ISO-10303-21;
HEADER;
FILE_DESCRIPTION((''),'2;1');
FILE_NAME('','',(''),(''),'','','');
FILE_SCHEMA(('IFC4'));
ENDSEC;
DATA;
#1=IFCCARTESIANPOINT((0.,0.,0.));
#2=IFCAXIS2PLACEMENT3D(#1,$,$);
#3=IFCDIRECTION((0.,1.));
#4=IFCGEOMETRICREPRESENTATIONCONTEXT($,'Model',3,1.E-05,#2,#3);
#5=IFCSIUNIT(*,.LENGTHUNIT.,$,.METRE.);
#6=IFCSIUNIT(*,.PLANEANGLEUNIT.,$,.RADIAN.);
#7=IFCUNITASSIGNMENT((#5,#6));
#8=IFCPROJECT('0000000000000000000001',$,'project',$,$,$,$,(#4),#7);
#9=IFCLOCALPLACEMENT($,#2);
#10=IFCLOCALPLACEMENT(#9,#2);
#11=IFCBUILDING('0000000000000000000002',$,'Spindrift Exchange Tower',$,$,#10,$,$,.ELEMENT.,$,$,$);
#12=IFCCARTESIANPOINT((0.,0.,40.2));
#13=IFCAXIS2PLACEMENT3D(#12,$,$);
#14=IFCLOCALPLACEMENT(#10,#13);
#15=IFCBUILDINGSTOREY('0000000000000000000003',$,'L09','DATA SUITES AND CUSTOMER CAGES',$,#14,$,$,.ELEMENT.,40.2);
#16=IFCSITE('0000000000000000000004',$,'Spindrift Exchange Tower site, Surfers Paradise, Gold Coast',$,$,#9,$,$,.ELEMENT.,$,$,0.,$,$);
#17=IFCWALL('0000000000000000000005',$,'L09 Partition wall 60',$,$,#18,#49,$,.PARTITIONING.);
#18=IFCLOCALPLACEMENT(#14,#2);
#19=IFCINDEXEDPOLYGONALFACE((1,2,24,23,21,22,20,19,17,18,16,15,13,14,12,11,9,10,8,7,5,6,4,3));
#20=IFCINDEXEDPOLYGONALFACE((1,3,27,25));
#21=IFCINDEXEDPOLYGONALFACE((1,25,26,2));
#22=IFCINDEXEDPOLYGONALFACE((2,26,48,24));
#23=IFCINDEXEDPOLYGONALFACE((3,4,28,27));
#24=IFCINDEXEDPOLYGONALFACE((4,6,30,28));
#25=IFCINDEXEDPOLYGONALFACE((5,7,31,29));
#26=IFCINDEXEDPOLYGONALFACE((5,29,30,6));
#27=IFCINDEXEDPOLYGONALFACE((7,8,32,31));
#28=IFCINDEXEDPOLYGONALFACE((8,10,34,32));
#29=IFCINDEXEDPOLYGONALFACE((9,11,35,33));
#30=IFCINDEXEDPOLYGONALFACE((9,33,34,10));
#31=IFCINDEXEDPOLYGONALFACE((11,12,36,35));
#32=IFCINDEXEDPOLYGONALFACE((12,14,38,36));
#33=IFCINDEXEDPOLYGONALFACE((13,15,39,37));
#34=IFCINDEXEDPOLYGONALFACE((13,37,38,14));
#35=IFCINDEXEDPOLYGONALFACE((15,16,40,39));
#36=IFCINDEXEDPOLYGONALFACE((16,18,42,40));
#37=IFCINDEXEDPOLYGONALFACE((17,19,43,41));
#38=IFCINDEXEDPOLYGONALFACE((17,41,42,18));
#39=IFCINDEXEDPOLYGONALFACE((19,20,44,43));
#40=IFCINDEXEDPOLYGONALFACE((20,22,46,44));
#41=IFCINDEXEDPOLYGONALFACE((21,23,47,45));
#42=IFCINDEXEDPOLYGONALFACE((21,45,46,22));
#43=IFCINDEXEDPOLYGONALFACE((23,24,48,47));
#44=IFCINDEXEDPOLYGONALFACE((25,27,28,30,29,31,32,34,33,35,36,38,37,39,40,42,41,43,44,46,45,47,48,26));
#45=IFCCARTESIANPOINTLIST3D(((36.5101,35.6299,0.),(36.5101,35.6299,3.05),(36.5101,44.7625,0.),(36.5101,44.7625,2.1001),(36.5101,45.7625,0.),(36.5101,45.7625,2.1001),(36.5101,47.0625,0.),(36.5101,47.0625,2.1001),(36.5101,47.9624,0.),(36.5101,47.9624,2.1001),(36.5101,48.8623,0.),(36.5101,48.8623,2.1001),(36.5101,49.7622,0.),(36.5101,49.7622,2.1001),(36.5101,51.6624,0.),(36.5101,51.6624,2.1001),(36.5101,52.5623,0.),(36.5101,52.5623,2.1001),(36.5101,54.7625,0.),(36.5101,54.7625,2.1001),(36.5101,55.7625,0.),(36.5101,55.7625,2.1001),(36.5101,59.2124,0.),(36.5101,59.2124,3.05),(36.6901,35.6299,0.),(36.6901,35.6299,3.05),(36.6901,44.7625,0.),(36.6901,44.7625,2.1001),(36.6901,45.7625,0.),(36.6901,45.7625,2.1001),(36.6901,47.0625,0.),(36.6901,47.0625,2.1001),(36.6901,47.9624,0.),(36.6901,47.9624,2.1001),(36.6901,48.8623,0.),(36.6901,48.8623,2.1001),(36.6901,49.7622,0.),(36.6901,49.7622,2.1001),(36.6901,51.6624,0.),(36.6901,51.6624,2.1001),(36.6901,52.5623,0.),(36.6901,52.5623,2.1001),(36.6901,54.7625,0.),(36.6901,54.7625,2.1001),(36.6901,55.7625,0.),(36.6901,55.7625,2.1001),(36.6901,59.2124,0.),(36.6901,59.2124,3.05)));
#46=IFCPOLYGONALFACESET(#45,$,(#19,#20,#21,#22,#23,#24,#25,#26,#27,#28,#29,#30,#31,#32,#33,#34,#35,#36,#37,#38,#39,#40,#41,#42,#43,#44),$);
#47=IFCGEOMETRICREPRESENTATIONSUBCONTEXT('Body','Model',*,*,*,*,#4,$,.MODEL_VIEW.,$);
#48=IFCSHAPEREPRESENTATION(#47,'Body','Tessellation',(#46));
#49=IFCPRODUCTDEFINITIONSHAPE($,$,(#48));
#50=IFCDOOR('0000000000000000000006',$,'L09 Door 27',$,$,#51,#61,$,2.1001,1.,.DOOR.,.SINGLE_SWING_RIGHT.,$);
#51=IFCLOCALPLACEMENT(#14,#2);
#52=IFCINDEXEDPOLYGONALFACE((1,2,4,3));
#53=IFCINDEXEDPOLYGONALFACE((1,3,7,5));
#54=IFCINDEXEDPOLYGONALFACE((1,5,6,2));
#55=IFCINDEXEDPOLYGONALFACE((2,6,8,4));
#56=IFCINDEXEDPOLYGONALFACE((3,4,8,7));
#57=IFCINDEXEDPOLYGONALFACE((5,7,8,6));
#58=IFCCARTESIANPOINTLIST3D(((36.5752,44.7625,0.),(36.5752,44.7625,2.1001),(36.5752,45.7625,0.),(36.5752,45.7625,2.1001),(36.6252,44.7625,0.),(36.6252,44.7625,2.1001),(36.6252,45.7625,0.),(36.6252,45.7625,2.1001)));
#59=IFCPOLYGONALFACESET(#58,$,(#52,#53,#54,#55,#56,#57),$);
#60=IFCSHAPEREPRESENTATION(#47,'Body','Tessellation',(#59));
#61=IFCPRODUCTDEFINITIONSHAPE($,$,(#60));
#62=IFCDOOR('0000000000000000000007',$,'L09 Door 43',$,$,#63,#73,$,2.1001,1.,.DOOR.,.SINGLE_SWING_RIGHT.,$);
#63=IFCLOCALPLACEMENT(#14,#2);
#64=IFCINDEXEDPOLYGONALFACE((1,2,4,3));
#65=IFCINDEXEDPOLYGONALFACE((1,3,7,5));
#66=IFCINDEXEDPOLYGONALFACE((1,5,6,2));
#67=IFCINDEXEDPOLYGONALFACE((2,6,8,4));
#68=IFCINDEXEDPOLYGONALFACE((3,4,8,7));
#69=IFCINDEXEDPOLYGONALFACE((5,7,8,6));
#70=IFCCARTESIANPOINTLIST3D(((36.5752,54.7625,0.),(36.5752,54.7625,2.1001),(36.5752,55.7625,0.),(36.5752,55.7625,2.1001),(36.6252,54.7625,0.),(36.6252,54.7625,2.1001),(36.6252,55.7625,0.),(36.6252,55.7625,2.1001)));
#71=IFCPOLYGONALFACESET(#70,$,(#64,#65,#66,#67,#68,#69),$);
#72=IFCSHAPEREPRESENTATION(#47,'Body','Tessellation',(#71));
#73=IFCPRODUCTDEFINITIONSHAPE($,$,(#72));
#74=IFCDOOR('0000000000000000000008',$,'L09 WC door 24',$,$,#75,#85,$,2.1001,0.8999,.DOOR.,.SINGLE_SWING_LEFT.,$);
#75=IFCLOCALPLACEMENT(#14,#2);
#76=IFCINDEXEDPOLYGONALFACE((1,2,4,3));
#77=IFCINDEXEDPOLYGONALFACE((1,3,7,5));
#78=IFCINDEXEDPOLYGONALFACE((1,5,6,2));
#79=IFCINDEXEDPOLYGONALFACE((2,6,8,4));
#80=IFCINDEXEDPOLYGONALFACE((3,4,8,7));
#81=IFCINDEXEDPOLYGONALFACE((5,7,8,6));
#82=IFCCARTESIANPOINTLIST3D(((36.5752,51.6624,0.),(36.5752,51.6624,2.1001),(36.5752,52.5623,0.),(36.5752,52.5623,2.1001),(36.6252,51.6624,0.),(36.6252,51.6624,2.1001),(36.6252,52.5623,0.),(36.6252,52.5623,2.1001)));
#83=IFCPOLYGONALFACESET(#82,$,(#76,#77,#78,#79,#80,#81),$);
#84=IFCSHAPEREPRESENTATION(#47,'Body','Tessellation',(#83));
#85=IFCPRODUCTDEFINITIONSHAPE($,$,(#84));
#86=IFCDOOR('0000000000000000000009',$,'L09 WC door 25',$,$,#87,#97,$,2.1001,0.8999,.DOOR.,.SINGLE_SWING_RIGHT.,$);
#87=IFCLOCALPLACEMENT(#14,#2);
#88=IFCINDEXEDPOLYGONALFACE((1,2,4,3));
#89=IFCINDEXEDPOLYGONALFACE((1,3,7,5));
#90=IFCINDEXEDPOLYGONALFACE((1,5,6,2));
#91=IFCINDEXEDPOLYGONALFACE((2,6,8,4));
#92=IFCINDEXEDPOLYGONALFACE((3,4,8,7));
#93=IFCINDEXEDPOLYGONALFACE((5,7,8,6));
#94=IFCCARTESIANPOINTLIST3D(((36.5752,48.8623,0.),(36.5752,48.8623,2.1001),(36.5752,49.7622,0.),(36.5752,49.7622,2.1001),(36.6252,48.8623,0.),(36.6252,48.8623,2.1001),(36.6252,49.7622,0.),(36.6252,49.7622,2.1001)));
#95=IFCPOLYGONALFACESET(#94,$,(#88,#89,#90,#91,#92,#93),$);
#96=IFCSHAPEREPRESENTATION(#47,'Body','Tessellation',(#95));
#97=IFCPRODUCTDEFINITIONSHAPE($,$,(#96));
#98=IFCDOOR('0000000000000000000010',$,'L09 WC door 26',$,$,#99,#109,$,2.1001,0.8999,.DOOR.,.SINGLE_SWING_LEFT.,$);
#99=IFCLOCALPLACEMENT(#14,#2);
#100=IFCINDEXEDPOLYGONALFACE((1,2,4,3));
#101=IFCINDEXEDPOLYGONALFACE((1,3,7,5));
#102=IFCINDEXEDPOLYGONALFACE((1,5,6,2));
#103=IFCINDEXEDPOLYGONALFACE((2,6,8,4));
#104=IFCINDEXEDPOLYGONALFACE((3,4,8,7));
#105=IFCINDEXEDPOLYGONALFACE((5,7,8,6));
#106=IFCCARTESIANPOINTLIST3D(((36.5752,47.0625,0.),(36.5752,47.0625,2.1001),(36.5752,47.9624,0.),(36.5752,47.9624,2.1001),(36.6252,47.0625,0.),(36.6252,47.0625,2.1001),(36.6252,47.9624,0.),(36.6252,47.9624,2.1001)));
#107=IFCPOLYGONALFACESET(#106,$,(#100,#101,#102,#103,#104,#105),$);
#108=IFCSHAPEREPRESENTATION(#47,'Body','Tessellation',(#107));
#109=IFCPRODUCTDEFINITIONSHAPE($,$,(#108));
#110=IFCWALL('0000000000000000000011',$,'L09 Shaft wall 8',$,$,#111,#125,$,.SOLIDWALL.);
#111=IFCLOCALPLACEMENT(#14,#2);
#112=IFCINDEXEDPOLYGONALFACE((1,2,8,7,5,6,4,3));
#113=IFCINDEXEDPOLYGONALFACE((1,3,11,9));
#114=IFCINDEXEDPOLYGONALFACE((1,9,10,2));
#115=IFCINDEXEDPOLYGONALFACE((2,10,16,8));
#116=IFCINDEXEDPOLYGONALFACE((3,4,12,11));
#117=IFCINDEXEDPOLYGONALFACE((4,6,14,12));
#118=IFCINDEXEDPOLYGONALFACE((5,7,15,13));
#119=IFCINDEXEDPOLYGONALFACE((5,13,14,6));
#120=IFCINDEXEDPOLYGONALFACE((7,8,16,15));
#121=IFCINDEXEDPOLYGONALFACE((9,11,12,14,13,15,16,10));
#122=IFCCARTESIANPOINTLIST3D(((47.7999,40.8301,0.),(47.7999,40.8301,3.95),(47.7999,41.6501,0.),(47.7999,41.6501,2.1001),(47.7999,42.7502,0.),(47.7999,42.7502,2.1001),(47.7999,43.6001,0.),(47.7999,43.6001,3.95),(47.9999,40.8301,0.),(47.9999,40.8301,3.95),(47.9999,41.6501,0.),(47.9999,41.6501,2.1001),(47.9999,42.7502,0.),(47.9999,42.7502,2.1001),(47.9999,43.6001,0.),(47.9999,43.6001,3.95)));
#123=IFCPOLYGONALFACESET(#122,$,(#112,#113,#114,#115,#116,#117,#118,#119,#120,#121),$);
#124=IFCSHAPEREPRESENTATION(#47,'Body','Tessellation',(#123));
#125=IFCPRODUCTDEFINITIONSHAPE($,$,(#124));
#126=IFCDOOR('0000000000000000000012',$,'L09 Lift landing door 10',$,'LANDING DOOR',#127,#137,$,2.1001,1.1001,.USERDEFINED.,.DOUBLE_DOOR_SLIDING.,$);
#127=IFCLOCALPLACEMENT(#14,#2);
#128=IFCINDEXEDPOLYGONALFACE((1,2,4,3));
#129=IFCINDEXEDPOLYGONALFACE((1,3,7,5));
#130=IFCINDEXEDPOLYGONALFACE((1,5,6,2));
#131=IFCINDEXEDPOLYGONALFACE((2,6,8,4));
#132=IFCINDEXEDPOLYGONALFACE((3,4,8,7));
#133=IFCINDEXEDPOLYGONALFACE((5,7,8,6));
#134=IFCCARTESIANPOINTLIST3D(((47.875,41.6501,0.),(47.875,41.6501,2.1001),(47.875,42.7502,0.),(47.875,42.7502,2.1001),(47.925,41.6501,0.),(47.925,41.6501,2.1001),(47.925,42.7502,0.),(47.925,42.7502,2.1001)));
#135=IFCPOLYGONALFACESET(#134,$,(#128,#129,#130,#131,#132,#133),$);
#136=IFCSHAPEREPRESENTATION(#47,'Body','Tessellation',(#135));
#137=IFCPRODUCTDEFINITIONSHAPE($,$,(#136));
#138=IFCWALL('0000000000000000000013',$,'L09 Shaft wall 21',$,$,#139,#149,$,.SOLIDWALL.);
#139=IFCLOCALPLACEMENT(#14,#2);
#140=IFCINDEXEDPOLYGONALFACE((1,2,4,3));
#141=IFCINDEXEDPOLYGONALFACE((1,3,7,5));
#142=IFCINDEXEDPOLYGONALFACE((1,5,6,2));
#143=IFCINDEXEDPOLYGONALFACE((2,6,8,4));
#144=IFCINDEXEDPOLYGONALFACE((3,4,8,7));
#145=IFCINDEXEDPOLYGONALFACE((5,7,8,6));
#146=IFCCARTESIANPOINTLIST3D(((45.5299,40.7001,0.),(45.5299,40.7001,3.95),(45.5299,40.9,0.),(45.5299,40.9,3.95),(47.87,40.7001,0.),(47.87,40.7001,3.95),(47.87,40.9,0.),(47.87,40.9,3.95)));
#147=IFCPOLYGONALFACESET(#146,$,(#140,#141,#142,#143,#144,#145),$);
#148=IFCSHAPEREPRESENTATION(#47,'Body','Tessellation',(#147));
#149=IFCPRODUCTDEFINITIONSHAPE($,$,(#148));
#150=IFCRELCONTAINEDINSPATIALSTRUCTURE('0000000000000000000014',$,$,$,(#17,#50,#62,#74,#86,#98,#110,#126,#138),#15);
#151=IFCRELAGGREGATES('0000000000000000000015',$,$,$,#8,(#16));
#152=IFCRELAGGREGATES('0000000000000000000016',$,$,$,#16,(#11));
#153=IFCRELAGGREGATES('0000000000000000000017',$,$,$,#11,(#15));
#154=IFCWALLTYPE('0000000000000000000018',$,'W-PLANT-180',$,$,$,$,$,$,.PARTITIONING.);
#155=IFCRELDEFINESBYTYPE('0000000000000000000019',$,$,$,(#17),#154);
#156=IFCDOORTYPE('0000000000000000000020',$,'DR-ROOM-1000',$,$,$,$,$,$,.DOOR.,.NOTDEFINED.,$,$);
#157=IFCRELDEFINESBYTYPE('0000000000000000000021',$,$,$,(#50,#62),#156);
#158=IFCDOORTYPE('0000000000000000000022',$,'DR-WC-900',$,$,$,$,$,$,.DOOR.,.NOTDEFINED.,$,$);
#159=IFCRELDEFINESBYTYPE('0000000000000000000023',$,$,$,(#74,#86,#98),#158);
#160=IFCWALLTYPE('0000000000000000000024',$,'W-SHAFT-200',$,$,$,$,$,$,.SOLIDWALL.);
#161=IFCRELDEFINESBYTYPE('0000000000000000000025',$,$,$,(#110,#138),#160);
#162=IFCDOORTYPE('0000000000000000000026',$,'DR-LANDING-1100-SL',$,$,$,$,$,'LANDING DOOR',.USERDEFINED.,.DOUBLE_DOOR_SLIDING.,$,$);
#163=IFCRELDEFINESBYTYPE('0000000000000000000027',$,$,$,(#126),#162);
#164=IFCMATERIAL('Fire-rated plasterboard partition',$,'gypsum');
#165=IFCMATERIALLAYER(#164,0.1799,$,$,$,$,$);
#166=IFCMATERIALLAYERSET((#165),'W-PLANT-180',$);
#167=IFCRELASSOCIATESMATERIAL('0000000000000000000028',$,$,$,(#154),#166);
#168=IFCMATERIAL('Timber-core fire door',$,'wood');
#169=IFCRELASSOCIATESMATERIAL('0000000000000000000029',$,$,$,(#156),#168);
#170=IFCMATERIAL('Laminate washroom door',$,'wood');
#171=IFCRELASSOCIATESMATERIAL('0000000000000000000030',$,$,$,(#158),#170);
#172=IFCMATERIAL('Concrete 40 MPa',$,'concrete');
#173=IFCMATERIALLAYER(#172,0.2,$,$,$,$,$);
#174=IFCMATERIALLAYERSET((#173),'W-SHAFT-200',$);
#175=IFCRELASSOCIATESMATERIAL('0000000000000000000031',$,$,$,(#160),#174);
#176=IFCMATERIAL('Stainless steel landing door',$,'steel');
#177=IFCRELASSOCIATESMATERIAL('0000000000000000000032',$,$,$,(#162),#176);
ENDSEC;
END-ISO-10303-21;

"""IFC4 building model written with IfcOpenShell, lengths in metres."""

from ifc_helpers import new_model, si_unit, direction, frame, frame_2d, origin, place, context, subcontext, project, spatial, rectangle, extrude, source, transform, mapped, material, layer, layer_set, type_object, element, fill, save


model = new_model("IFC4")

# Units and contexts
model_context = context("Model", 3, precision=1e-05, world=origin(), true_north=direction((0.0, 1.0)))
body_context = subcontext(model_context, "Body", "Model", "MODEL_VIEW")
ifc_project = project(units=[si_unit("LENGTHUNIT", "METRE"), si_unit("PLANEANGLEUNIT", "RADIAN")], contexts=[model_context])

# Site, building, storey
site_placement = place(None, origin())
site = spatial("IfcSite", under=ifc_project, at=site_placement, Name="Spindrift Exchange Tower site, Surfers Paradise, Gold Coast", CompositionType="ELEMENT", RefElevation=0.0)
building_placement = place(site_placement, origin())
building = spatial("IfcBuilding", under=site, at=building_placement, Name="Spindrift Exchange Tower", CompositionType="ELEMENT")
storey_placement = place(building_placement, frame((0.0, 0.0, 40.2)))
storey = spatial("IfcBuildingStorey", under=building, at=storey_placement, Name="L09", Description="DATA SUITES AND CUSTOMER CAGES", CompositionType="ELEMENT", Elevation=40.2)

# Shared definitions
ifc_material_1 = material(Name="Fire-rated plasterboard partition", Category="gypsum")

# Wall, openings, doors
ifc_layer_1 = layer(ifc_material_1, 0.1799)
ifc_layer_set_1 = layer_set([ifc_layer_1], Name="W-PLANT-180")
wall_type_1 = type_object("IfcWallType", Name="W-PLANT-180", PredefinedType="PARTITIONING", material=ifc_layer_set_1)
wall_1_placement = place(storey_placement, frame((36.6001, 35.6299, 0.0), z_axis=(0.0, 0.0, 1.0), x_axis=(0.0, 1.0, 0.0)))
wall_1 = element("IfcWall", 1, at=wall_1_placement, inside=storey, type_object=wall_type_1, Name="L09 Partition wall 60", PredefinedType="PARTITIONING", context=body_context, shape_type="SweptSolid", body=[
    extrude(rectangle(XDim=23.5825, YDim=0.1799, at=frame_2d((11.7913, 0.0))), origin(), (0.0, 0.0, 1.0), 3.05),
])
opening_1_placement = place(wall_1_placement, frame((16.0325, 0.0, 0.0)))
opening_1 = element("IfcOpeningElement", 2, at=opening_1_placement, cuts=wall_1, PredefinedType="OPENING", context=body_context, shape_type="SweptSolid", body=[
    extrude(rectangle(XDim=0.8999, YDim=2.1001, at=frame_2d((0.45, 1.05))), frame((0.0, 0.0999, 0.0), z_axis=(0.0, -1.0, 0.0), x_axis=(1.0, 0.0, 0.0)), (0.0, 0.0, 1.0), 0.2),
])
opening_2_placement = place(wall_1_placement, frame((13.2324, 0.0, 0.0)))
opening_2 = element("IfcOpeningElement", 3, at=opening_2_placement, cuts=wall_1, PredefinedType="OPENING", context=body_context, shape_type="SweptSolid", body=[
    extrude(rectangle(XDim=0.8999, YDim=2.1001, at=frame_2d((0.45, 1.05))), frame((0.0, 0.0999, 0.0), z_axis=(0.0, -1.0, 0.0), x_axis=(1.0, 0.0, 0.0)), (0.0, 0.0, 1.0), 0.2),
])
opening_3_placement = place(wall_1_placement, frame((11.4326, 0.0, 0.0)))
opening_3 = element("IfcOpeningElement", 4, at=opening_3_placement, cuts=wall_1, PredefinedType="OPENING", context=body_context, shape_type="SweptSolid", body=[
    extrude(rectangle(XDim=0.8999, YDim=2.1001, at=frame_2d((0.45, 1.05))), frame((0.0, 0.0999, 0.0), z_axis=(0.0, -1.0, 0.0), x_axis=(1.0, 0.0, 0.0)), (0.0, 0.0, 1.0), 0.2),
])
opening_4_placement = place(wall_1_placement, frame((9.1326, 0.0, 0.0)))
opening_4 = element("IfcOpeningElement", 5, at=opening_4_placement, cuts=wall_1, PredefinedType="OPENING", context=body_context, shape_type="SweptSolid", body=[
    extrude(rectangle(XDim=1.0, YDim=2.1001, at=frame_2d((0.5, 1.05))), frame((0.0, 0.0999, 0.0), z_axis=(0.0, -1.0, 0.0), x_axis=(1.0, 0.0, 0.0)), (0.0, 0.0, 1.0), 0.2),
])
opening_5_placement = place(wall_1_placement, frame((19.1326, 0.0, 0.0)))
opening_5 = element("IfcOpeningElement", 6, at=opening_5_placement, cuts=wall_1, PredefinedType="OPENING", context=body_context, shape_type="SweptSolid", body=[
    extrude(rectangle(XDim=1.0, YDim=2.1001, at=frame_2d((0.5, 1.05))), frame((0.0, 0.0999, 0.0), z_axis=(0.0, -1.0, 0.0), x_axis=(1.0, 0.0, 0.0)), (0.0, 0.0, 1.0), 0.2),
])
ifc_material_2 = material(Name="Timber-core fire door", Category="wood")
door_type_1 = type_object("IfcDoorType", Name="DR-ROOM-1000", OperationType="NOTDEFINED", PredefinedType="DOOR", material=ifc_material_2)
shared_shape_1 = source(origin(), body_context, "Body", "SweptSolid", [
    extrude(rectangle(XDim=1.0, YDim=2.1001, at=frame_2d((0.5, 1.05))), frame((0.0, 0.0249, 0.0), z_axis=(0.0, -1.0, 0.0), x_axis=(1.0, 0.0, 0.0)), (0.0, 0.0, 1.0), 0.05),
])
door_1_placement = place(opening_4_placement, origin())
door_1 = element("IfcDoor", 7, at=door_1_placement, inside=storey, type_object=door_type_1, Name="L09 Door 27", OperationType="SINGLE_SWING_RIGHT", OverallHeight=2.1001, OverallWidth=1.0, PredefinedType="DOOR", context=body_context, shape_type="MappedRepresentation", body=[
    mapped(shared_shape_1, transform((0.0, 0.0, 0.0), scale=1.0)),
])
fill(opening_4, door_1)
door_2_placement = place(opening_5_placement, origin())
door_2 = element("IfcDoor", 8, at=door_2_placement, inside=storey, type_object=door_type_1, Name="L09 Door 43", OperationType="SINGLE_SWING_RIGHT", OverallHeight=2.1001, OverallWidth=1.0, PredefinedType="DOOR", context=body_context, shape_type="MappedRepresentation", body=[
    mapped(shared_shape_1, transform((0.0, 0.0, 0.0), scale=1.0)),
])
fill(opening_5, door_2)
ifc_material_3 = material(Name="Laminate washroom door", Category="wood")
door_type_2 = type_object("IfcDoorType", Name="DR-WC-900", OperationType="NOTDEFINED", PredefinedType="DOOR", material=ifc_material_3)
shared_shape_2 = source(origin(), body_context, "Body", "SweptSolid", [
    extrude(rectangle(XDim=0.8999, YDim=2.1001, at=frame_2d((0.45, 1.05))), frame((0.0, 0.0249, 0.0), z_axis=(0.0, -1.0, 0.0), x_axis=(1.0, 0.0, 0.0)), (0.0, 0.0, 1.0), 0.05),
])
door_3_placement = place(opening_1_placement, origin())
door_3 = element("IfcDoor", 9, at=door_3_placement, inside=storey, type_object=door_type_2, Name="L09 WC door 24", OperationType="SINGLE_SWING_LEFT", OverallHeight=2.1001, OverallWidth=0.8999, PredefinedType="DOOR", context=body_context, shape_type="MappedRepresentation", body=[
    mapped(shared_shape_2, transform((0.0, 0.0, 0.0), scale=1.0)),
])
fill(opening_1, door_3)
door_4_placement = place(opening_2_placement, origin())
door_4 = element("IfcDoor", 10, at=door_4_placement, inside=storey, type_object=door_type_2, Name="L09 WC door 25", OperationType="SINGLE_SWING_RIGHT", OverallHeight=2.1001, OverallWidth=0.8999, PredefinedType="DOOR", context=body_context, shape_type="MappedRepresentation", body=[
    mapped(shared_shape_2, transform((0.0, 0.0, 0.0), scale=1.0)),
])
fill(opening_2, door_4)
door_5_placement = place(opening_3_placement, origin())
door_5 = element("IfcDoor", 11, at=door_5_placement, inside=storey, type_object=door_type_2, Name="L09 WC door 26", OperationType="SINGLE_SWING_LEFT", OverallHeight=2.1001, OverallWidth=0.8999, PredefinedType="DOOR", context=body_context, shape_type="MappedRepresentation", body=[
    mapped(shared_shape_2, transform((0.0, 0.0, 0.0), scale=1.0)),
])
fill(opening_3, door_5)

# Wall, opening, door
ifc_material_4 = material(Name="Concrete 40 MPa", Category="concrete")
ifc_layer_2 = layer(ifc_material_4, 0.2)
ifc_layer_set_2 = layer_set([ifc_layer_2], Name="W-SHAFT-200")
wall_type_2 = type_object("IfcWallType", Name="W-SHAFT-200", PredefinedType="SOLIDWALL", material=ifc_layer_set_2)
wall_2_placement = place(storey_placement, frame((47.8999, 40.8301, 0.0), z_axis=(0.0, 0.0, 1.0), x_axis=(0.0, 1.0, 0.0)))
wall_2 = element("IfcWall", 12, at=wall_2_placement, inside=storey, type_object=wall_type_2, Name="L09 Shaft wall 8", PredefinedType="SOLIDWALL", context=body_context, shape_type="SweptSolid", body=[
    extrude(rectangle(XDim=2.77, YDim=0.2, at=frame_2d((1.385, 0.0))), origin(), (0.0, 0.0, 1.0), 3.95),
])
opening_6_placement = place(wall_2_placement, frame((0.8201, 0.0, 0.0)))
opening_6 = element("IfcOpeningElement", 13, at=opening_6_placement, cuts=wall_2, PredefinedType="OPENING", context=body_context, shape_type="SweptSolid", body=[
    extrude(rectangle(XDim=1.1001, YDim=2.1001, at=frame_2d((0.55, 1.05))), frame((0.0, 0.1099, 0.0), z_axis=(0.0, -1.0, 0.0), x_axis=(1.0, 0.0, 0.0)), (0.0, 0.0, 1.0), 0.22),
])
ifc_material_5 = material(Name="Stainless steel landing door", Category="steel")
door_type_3 = type_object("IfcDoorType", Name="DR-LANDING-1100-SL", ElementType="LANDING DOOR", OperationType="DOUBLE_DOOR_SLIDING", PredefinedType="USERDEFINED", material=ifc_material_5)
shared_shape_3 = source(origin(), body_context, "Body", "SweptSolid", [
    extrude(rectangle(XDim=1.1001, YDim=2.1001, at=frame_2d((0.55, 1.05))), frame((0.0, 0.0249, 0.0), z_axis=(0.0, -1.0, 0.0), x_axis=(1.0, 0.0, 0.0)), (0.0, 0.0, 1.0), 0.05),
])
door_6_placement = place(opening_6_placement, origin())
door_6 = element("IfcDoor", 14, at=door_6_placement, inside=storey, type_object=door_type_3, Name="L09 Lift landing door 10", ObjectType="LANDING DOOR", OperationType="DOUBLE_DOOR_SLIDING", OverallHeight=2.1001, OverallWidth=1.1001, PredefinedType="USERDEFINED", context=body_context, shape_type="MappedRepresentation", body=[
    mapped(shared_shape_3, transform((0.0, 0.0, 0.0), scale=1.0)),
])
fill(opening_6, door_6)

# Wall
wall_3_placement = place(storey_placement, frame((45.53, 40.8, 0.0), z_axis=(0.0, 0.0, 1.0), x_axis=(1.0, 0.0, 0.0)))
element("IfcWall", 15, at=wall_3_placement, inside=storey, type_object=wall_type_2, Name="L09 Shaft wall 21", PredefinedType="SOLIDWALL", context=body_context, shape_type="SweptSolid", body=[
    extrude(rectangle(XDim=2.3401, YDim=0.2, at=frame_2d((1.1699, 0.0))), origin(), (0.0, 0.0, 1.0), 3.95),
])

save(model, "model.ifc")
